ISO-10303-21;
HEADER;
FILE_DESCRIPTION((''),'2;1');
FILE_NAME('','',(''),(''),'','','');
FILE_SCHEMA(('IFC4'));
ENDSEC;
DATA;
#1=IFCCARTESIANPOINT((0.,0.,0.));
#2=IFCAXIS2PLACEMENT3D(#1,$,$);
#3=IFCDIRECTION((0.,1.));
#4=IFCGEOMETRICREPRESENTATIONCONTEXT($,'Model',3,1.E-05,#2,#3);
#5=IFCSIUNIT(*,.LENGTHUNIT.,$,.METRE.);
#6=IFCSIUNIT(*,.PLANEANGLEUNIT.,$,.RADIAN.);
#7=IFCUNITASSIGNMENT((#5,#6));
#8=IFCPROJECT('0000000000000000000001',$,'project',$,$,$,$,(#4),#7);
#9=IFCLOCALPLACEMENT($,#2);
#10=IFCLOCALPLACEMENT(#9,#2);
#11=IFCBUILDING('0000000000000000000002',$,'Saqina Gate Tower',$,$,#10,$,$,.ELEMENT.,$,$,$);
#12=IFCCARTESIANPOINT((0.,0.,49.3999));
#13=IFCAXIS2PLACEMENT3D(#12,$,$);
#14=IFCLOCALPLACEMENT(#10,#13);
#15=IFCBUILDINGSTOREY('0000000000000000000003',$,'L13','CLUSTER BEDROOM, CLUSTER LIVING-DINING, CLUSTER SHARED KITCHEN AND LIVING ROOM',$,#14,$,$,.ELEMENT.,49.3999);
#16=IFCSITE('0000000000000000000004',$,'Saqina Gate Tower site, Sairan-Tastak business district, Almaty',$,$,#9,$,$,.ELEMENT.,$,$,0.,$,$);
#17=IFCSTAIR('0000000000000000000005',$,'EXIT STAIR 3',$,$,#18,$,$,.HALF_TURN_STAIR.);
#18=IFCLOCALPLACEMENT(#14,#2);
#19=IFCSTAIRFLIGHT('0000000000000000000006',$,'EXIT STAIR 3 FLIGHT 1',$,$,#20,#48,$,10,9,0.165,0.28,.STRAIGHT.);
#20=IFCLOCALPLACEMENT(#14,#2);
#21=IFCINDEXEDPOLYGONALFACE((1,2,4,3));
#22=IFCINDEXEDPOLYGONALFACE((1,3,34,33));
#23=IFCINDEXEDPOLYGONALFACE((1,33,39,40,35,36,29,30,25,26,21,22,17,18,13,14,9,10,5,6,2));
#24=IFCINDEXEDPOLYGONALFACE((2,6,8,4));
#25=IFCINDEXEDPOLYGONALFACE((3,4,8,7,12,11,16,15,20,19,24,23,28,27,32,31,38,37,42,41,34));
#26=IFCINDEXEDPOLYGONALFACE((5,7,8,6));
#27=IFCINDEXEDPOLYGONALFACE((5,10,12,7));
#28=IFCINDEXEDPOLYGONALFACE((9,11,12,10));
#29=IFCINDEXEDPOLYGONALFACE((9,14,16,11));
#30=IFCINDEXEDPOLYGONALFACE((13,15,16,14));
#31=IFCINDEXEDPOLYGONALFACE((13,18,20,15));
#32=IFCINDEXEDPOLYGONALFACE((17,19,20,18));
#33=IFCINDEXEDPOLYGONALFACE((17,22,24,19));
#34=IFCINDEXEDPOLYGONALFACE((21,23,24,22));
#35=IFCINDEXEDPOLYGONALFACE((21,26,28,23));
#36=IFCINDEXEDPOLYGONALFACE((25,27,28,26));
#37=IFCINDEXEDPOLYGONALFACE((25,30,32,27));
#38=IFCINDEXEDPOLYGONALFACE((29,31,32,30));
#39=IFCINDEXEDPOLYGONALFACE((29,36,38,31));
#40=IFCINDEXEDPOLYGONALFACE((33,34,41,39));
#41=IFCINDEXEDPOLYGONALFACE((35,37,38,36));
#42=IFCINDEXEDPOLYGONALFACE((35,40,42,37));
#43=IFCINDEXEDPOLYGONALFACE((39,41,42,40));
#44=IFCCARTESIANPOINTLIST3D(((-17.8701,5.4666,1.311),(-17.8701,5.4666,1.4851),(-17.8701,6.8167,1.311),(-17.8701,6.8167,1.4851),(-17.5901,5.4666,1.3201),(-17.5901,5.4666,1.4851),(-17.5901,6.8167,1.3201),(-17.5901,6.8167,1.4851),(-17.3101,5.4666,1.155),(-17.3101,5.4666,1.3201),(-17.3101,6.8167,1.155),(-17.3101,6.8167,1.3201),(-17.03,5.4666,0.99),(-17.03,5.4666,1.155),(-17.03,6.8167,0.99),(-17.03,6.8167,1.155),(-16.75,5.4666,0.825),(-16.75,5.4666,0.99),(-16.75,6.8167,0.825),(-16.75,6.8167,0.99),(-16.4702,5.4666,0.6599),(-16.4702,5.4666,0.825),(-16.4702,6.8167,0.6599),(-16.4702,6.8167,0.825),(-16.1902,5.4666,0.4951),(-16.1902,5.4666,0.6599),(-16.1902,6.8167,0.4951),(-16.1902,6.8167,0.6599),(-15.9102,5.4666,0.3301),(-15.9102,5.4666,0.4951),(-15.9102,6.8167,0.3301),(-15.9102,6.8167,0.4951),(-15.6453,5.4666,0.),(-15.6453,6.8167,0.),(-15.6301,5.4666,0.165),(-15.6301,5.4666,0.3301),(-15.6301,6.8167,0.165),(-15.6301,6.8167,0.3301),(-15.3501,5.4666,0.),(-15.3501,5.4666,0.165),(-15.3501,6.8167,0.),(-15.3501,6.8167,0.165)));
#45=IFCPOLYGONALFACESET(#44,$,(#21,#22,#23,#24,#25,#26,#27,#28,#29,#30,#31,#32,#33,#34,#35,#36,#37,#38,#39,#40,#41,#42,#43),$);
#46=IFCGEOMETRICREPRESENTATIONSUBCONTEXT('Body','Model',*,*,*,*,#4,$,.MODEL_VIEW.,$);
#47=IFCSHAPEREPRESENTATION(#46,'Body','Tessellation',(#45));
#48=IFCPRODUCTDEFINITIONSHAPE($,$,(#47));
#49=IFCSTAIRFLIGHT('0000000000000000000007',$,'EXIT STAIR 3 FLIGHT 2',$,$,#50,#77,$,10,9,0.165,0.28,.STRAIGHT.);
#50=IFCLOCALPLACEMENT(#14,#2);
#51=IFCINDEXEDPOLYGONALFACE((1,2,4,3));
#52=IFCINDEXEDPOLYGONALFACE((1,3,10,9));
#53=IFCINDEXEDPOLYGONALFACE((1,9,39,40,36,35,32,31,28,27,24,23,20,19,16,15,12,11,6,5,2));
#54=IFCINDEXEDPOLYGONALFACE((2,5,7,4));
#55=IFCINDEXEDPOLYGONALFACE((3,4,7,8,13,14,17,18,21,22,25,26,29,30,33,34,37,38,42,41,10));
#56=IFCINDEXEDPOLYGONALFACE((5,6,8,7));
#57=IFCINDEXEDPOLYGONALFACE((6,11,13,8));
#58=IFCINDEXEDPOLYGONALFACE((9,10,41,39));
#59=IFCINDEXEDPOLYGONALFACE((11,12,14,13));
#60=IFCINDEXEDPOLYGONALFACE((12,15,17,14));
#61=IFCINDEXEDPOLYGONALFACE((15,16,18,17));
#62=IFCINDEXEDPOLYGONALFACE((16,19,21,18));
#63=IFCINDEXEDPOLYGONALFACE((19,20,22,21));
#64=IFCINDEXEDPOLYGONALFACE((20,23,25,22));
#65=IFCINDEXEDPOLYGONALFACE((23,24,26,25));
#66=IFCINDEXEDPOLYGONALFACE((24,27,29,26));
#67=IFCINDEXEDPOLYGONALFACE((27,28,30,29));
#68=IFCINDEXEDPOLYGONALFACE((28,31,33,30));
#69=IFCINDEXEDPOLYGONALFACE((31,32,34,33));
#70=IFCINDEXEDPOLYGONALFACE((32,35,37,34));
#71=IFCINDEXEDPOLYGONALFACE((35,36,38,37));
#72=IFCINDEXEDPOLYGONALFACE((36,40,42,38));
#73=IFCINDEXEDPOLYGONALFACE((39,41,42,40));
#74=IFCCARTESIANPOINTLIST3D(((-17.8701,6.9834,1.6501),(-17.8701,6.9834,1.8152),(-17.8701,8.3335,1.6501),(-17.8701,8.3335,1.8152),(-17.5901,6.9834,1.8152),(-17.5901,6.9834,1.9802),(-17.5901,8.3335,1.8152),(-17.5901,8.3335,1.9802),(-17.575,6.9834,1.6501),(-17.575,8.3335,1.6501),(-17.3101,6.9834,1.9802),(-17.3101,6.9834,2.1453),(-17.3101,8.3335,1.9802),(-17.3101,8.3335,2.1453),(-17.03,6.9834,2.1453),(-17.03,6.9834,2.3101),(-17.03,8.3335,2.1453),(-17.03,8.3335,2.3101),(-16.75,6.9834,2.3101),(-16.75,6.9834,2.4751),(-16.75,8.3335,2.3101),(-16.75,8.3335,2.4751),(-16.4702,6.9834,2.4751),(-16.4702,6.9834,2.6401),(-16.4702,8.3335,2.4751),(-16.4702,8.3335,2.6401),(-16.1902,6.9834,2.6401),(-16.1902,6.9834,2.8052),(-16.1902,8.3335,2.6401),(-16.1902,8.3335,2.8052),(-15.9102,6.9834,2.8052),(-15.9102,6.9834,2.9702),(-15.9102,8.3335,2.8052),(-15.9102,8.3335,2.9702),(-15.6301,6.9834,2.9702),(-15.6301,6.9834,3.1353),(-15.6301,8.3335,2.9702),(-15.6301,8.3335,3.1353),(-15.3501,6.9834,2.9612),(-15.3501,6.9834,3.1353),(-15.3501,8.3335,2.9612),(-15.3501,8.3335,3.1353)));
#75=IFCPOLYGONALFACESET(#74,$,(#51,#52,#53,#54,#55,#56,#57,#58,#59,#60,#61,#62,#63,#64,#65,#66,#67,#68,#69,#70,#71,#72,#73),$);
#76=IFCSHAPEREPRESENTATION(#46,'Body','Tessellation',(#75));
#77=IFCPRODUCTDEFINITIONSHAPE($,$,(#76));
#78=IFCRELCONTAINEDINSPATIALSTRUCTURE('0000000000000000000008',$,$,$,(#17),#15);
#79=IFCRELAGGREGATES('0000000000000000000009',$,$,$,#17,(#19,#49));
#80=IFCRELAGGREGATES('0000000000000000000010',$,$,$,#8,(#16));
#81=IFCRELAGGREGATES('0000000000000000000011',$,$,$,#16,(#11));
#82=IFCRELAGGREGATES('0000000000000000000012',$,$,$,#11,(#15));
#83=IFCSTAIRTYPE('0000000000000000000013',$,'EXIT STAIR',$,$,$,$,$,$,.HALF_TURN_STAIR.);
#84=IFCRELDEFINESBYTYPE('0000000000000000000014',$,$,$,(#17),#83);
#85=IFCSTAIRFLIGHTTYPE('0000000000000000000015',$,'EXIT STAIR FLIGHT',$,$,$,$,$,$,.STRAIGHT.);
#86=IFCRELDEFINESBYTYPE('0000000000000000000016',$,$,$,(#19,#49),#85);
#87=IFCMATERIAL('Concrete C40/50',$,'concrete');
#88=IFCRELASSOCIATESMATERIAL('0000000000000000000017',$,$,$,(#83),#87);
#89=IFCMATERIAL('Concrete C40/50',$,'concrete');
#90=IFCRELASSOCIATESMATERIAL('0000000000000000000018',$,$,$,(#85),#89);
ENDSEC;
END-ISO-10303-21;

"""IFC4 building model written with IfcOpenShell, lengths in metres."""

from ifc_helpers import new_model, si_unit, direction, frame, origin, place, context, subcontext, project, spatial, polyline, outline, extrude, material, type_object, element, aggregate, save


model = new_model("IFC4")

# Units and contexts
model_context = context("Model", 3, precision=1e-05, world=origin(), true_north=direction((0.0, 1.0)))
body_context = subcontext(model_context, "Body", "Model", "MODEL_VIEW")
ifc_project = project(units=[si_unit("LENGTHUNIT", "METRE"), si_unit("PLANEANGLEUNIT", "RADIAN")], contexts=[model_context])

# Site, building, storey
site_placement = place(None, origin())
site = spatial("IfcSite", under=ifc_project, at=site_placement, Name="Saqina Gate Tower site, Sairan-Tastak business district, Almaty", CompositionType="ELEMENT", RefElevation=0.0)
building_placement = place(site_placement, origin())
building = spatial("IfcBuilding", under=site, at=building_placement, Name="Saqina Gate Tower", CompositionType="ELEMENT")
storey_placement = place(building_placement, frame((0.0, 0.0, 49.3999)))
storey = spatial("IfcBuildingStorey", under=building, at=storey_placement, Name="L13", Description="CLUSTER BEDROOM, CLUSTER LIVING-DINING, CLUSTER SHARED KITCHEN AND LIVING ROOM", CompositionType="ELEMENT", Elevation=49.3999)

# Stair, stair flights
ifc_material_1 = material(Name="Concrete C40/50", Category="concrete")
stair_type = type_object("IfcStairType", Name="EXIT STAIR", PredefinedType="HALF_TURN_STAIR", material=ifc_material_1)
stair_placement = place(storey_placement, origin())
stair = element("IfcStair", 1, at=stair_placement, inside=storey, type_object=stair_type, Name="EXIT STAIR 3", PredefinedType="HALF_TURN_STAIR")
ifc_material_2 = material(Name="Concrete C40/50", Category="concrete")
stair_flight_type = type_object("IfcStairFlightType", Name="EXIT STAIR FLIGHT", PredefinedType="STRAIGHT", material=ifc_material_2)
stair_flight_1_placement = place(storey_placement, frame((-15.3501, 6.1416, 0.0), z_axis=(0.0, 0.0, 1.0), x_axis=(-1.0, 0.0, 0.0)))
stair_flight_1 = element("IfcStairFlight", 2, at=stair_flight_1_placement, type_object=stair_flight_type, Name="EXIT STAIR 3 FLIGHT 1", NumberOfRisers=10, NumberOfTreads=9, PredefinedType="STRAIGHT", RiserHeight=0.165, TreadLength=0.28, context=body_context, shape_type="SweptSolid", body=[
    extrude(outline(polyline([(0.0, 0.0), (0.0, 0.165), (0.28, 0.165), (0.28, 0.3301), (0.5601, 0.3301), (0.5601, 0.4951), (0.8401, 0.4951), (0.8401, 0.6599), (1.1201, 0.6599), (1.1201, 0.825), (1.3999, 0.825), (1.3999, 0.99), (1.6799, 0.99), (1.6799, 1.155), (1.96, 1.155), (1.96, 1.3201), (2.24, 1.3201), (2.24, 1.4851), (2.52, 1.4851), (2.52, 1.6499), (2.52, 1.311), (0.2952, 0.0), (0.0, 0.0)])), frame((0.0, 0.675, 0.0), z_axis=(0.0, -1.0, 0.0), x_axis=(1.0, 0.0, 0.0)), (0.0, 0.0, 1.0), 1.3501),
])
stair_flight_2_placement = place(storey_placement, frame((-17.8701, 7.6584, 1.6501), z_axis=(0.0, 0.0, 1.0), x_axis=(1.0, 0.0, 0.0)))
stair_flight_2 = element("IfcStairFlight", 3, at=stair_flight_2_placement, type_object=stair_flight_type, Name="EXIT STAIR 3 FLIGHT 2", NumberOfRisers=10, NumberOfTreads=9, PredefinedType="STRAIGHT", RiserHeight=0.165, TreadLength=0.28, context=body_context, shape_type="SweptSolid", body=[
    extrude(outline(polyline([(0.0, 0.0), (0.0, 0.165), (0.28, 0.165), (0.28, 0.3301), (0.5601, 0.3301), (0.5601, 0.4951), (0.8401, 0.4951), (0.8401, 0.6599), (1.1201, 0.6599), (1.1201, 0.825), (1.3999, 0.825), (1.3999, 0.99), (1.6799, 0.99), (1.6799, 1.155), (1.96, 1.155), (1.96, 1.3201), (2.24, 1.3201), (2.24, 1.4851), (2.52, 1.4851), (2.52, 1.6499), (2.52, 1.311), (0.2952, 0.0), (0.0, 0.0)])), frame((0.0, 0.675, 0.0), z_axis=(0.0, -1.0, 0.0), x_axis=(1.0, 0.0, 0.0)), (0.0, 0.0, 1.0), 1.3501),
])
aggregate(stair, [stair_flight_1, stair_flight_2])

save(model, "model.ifc")
